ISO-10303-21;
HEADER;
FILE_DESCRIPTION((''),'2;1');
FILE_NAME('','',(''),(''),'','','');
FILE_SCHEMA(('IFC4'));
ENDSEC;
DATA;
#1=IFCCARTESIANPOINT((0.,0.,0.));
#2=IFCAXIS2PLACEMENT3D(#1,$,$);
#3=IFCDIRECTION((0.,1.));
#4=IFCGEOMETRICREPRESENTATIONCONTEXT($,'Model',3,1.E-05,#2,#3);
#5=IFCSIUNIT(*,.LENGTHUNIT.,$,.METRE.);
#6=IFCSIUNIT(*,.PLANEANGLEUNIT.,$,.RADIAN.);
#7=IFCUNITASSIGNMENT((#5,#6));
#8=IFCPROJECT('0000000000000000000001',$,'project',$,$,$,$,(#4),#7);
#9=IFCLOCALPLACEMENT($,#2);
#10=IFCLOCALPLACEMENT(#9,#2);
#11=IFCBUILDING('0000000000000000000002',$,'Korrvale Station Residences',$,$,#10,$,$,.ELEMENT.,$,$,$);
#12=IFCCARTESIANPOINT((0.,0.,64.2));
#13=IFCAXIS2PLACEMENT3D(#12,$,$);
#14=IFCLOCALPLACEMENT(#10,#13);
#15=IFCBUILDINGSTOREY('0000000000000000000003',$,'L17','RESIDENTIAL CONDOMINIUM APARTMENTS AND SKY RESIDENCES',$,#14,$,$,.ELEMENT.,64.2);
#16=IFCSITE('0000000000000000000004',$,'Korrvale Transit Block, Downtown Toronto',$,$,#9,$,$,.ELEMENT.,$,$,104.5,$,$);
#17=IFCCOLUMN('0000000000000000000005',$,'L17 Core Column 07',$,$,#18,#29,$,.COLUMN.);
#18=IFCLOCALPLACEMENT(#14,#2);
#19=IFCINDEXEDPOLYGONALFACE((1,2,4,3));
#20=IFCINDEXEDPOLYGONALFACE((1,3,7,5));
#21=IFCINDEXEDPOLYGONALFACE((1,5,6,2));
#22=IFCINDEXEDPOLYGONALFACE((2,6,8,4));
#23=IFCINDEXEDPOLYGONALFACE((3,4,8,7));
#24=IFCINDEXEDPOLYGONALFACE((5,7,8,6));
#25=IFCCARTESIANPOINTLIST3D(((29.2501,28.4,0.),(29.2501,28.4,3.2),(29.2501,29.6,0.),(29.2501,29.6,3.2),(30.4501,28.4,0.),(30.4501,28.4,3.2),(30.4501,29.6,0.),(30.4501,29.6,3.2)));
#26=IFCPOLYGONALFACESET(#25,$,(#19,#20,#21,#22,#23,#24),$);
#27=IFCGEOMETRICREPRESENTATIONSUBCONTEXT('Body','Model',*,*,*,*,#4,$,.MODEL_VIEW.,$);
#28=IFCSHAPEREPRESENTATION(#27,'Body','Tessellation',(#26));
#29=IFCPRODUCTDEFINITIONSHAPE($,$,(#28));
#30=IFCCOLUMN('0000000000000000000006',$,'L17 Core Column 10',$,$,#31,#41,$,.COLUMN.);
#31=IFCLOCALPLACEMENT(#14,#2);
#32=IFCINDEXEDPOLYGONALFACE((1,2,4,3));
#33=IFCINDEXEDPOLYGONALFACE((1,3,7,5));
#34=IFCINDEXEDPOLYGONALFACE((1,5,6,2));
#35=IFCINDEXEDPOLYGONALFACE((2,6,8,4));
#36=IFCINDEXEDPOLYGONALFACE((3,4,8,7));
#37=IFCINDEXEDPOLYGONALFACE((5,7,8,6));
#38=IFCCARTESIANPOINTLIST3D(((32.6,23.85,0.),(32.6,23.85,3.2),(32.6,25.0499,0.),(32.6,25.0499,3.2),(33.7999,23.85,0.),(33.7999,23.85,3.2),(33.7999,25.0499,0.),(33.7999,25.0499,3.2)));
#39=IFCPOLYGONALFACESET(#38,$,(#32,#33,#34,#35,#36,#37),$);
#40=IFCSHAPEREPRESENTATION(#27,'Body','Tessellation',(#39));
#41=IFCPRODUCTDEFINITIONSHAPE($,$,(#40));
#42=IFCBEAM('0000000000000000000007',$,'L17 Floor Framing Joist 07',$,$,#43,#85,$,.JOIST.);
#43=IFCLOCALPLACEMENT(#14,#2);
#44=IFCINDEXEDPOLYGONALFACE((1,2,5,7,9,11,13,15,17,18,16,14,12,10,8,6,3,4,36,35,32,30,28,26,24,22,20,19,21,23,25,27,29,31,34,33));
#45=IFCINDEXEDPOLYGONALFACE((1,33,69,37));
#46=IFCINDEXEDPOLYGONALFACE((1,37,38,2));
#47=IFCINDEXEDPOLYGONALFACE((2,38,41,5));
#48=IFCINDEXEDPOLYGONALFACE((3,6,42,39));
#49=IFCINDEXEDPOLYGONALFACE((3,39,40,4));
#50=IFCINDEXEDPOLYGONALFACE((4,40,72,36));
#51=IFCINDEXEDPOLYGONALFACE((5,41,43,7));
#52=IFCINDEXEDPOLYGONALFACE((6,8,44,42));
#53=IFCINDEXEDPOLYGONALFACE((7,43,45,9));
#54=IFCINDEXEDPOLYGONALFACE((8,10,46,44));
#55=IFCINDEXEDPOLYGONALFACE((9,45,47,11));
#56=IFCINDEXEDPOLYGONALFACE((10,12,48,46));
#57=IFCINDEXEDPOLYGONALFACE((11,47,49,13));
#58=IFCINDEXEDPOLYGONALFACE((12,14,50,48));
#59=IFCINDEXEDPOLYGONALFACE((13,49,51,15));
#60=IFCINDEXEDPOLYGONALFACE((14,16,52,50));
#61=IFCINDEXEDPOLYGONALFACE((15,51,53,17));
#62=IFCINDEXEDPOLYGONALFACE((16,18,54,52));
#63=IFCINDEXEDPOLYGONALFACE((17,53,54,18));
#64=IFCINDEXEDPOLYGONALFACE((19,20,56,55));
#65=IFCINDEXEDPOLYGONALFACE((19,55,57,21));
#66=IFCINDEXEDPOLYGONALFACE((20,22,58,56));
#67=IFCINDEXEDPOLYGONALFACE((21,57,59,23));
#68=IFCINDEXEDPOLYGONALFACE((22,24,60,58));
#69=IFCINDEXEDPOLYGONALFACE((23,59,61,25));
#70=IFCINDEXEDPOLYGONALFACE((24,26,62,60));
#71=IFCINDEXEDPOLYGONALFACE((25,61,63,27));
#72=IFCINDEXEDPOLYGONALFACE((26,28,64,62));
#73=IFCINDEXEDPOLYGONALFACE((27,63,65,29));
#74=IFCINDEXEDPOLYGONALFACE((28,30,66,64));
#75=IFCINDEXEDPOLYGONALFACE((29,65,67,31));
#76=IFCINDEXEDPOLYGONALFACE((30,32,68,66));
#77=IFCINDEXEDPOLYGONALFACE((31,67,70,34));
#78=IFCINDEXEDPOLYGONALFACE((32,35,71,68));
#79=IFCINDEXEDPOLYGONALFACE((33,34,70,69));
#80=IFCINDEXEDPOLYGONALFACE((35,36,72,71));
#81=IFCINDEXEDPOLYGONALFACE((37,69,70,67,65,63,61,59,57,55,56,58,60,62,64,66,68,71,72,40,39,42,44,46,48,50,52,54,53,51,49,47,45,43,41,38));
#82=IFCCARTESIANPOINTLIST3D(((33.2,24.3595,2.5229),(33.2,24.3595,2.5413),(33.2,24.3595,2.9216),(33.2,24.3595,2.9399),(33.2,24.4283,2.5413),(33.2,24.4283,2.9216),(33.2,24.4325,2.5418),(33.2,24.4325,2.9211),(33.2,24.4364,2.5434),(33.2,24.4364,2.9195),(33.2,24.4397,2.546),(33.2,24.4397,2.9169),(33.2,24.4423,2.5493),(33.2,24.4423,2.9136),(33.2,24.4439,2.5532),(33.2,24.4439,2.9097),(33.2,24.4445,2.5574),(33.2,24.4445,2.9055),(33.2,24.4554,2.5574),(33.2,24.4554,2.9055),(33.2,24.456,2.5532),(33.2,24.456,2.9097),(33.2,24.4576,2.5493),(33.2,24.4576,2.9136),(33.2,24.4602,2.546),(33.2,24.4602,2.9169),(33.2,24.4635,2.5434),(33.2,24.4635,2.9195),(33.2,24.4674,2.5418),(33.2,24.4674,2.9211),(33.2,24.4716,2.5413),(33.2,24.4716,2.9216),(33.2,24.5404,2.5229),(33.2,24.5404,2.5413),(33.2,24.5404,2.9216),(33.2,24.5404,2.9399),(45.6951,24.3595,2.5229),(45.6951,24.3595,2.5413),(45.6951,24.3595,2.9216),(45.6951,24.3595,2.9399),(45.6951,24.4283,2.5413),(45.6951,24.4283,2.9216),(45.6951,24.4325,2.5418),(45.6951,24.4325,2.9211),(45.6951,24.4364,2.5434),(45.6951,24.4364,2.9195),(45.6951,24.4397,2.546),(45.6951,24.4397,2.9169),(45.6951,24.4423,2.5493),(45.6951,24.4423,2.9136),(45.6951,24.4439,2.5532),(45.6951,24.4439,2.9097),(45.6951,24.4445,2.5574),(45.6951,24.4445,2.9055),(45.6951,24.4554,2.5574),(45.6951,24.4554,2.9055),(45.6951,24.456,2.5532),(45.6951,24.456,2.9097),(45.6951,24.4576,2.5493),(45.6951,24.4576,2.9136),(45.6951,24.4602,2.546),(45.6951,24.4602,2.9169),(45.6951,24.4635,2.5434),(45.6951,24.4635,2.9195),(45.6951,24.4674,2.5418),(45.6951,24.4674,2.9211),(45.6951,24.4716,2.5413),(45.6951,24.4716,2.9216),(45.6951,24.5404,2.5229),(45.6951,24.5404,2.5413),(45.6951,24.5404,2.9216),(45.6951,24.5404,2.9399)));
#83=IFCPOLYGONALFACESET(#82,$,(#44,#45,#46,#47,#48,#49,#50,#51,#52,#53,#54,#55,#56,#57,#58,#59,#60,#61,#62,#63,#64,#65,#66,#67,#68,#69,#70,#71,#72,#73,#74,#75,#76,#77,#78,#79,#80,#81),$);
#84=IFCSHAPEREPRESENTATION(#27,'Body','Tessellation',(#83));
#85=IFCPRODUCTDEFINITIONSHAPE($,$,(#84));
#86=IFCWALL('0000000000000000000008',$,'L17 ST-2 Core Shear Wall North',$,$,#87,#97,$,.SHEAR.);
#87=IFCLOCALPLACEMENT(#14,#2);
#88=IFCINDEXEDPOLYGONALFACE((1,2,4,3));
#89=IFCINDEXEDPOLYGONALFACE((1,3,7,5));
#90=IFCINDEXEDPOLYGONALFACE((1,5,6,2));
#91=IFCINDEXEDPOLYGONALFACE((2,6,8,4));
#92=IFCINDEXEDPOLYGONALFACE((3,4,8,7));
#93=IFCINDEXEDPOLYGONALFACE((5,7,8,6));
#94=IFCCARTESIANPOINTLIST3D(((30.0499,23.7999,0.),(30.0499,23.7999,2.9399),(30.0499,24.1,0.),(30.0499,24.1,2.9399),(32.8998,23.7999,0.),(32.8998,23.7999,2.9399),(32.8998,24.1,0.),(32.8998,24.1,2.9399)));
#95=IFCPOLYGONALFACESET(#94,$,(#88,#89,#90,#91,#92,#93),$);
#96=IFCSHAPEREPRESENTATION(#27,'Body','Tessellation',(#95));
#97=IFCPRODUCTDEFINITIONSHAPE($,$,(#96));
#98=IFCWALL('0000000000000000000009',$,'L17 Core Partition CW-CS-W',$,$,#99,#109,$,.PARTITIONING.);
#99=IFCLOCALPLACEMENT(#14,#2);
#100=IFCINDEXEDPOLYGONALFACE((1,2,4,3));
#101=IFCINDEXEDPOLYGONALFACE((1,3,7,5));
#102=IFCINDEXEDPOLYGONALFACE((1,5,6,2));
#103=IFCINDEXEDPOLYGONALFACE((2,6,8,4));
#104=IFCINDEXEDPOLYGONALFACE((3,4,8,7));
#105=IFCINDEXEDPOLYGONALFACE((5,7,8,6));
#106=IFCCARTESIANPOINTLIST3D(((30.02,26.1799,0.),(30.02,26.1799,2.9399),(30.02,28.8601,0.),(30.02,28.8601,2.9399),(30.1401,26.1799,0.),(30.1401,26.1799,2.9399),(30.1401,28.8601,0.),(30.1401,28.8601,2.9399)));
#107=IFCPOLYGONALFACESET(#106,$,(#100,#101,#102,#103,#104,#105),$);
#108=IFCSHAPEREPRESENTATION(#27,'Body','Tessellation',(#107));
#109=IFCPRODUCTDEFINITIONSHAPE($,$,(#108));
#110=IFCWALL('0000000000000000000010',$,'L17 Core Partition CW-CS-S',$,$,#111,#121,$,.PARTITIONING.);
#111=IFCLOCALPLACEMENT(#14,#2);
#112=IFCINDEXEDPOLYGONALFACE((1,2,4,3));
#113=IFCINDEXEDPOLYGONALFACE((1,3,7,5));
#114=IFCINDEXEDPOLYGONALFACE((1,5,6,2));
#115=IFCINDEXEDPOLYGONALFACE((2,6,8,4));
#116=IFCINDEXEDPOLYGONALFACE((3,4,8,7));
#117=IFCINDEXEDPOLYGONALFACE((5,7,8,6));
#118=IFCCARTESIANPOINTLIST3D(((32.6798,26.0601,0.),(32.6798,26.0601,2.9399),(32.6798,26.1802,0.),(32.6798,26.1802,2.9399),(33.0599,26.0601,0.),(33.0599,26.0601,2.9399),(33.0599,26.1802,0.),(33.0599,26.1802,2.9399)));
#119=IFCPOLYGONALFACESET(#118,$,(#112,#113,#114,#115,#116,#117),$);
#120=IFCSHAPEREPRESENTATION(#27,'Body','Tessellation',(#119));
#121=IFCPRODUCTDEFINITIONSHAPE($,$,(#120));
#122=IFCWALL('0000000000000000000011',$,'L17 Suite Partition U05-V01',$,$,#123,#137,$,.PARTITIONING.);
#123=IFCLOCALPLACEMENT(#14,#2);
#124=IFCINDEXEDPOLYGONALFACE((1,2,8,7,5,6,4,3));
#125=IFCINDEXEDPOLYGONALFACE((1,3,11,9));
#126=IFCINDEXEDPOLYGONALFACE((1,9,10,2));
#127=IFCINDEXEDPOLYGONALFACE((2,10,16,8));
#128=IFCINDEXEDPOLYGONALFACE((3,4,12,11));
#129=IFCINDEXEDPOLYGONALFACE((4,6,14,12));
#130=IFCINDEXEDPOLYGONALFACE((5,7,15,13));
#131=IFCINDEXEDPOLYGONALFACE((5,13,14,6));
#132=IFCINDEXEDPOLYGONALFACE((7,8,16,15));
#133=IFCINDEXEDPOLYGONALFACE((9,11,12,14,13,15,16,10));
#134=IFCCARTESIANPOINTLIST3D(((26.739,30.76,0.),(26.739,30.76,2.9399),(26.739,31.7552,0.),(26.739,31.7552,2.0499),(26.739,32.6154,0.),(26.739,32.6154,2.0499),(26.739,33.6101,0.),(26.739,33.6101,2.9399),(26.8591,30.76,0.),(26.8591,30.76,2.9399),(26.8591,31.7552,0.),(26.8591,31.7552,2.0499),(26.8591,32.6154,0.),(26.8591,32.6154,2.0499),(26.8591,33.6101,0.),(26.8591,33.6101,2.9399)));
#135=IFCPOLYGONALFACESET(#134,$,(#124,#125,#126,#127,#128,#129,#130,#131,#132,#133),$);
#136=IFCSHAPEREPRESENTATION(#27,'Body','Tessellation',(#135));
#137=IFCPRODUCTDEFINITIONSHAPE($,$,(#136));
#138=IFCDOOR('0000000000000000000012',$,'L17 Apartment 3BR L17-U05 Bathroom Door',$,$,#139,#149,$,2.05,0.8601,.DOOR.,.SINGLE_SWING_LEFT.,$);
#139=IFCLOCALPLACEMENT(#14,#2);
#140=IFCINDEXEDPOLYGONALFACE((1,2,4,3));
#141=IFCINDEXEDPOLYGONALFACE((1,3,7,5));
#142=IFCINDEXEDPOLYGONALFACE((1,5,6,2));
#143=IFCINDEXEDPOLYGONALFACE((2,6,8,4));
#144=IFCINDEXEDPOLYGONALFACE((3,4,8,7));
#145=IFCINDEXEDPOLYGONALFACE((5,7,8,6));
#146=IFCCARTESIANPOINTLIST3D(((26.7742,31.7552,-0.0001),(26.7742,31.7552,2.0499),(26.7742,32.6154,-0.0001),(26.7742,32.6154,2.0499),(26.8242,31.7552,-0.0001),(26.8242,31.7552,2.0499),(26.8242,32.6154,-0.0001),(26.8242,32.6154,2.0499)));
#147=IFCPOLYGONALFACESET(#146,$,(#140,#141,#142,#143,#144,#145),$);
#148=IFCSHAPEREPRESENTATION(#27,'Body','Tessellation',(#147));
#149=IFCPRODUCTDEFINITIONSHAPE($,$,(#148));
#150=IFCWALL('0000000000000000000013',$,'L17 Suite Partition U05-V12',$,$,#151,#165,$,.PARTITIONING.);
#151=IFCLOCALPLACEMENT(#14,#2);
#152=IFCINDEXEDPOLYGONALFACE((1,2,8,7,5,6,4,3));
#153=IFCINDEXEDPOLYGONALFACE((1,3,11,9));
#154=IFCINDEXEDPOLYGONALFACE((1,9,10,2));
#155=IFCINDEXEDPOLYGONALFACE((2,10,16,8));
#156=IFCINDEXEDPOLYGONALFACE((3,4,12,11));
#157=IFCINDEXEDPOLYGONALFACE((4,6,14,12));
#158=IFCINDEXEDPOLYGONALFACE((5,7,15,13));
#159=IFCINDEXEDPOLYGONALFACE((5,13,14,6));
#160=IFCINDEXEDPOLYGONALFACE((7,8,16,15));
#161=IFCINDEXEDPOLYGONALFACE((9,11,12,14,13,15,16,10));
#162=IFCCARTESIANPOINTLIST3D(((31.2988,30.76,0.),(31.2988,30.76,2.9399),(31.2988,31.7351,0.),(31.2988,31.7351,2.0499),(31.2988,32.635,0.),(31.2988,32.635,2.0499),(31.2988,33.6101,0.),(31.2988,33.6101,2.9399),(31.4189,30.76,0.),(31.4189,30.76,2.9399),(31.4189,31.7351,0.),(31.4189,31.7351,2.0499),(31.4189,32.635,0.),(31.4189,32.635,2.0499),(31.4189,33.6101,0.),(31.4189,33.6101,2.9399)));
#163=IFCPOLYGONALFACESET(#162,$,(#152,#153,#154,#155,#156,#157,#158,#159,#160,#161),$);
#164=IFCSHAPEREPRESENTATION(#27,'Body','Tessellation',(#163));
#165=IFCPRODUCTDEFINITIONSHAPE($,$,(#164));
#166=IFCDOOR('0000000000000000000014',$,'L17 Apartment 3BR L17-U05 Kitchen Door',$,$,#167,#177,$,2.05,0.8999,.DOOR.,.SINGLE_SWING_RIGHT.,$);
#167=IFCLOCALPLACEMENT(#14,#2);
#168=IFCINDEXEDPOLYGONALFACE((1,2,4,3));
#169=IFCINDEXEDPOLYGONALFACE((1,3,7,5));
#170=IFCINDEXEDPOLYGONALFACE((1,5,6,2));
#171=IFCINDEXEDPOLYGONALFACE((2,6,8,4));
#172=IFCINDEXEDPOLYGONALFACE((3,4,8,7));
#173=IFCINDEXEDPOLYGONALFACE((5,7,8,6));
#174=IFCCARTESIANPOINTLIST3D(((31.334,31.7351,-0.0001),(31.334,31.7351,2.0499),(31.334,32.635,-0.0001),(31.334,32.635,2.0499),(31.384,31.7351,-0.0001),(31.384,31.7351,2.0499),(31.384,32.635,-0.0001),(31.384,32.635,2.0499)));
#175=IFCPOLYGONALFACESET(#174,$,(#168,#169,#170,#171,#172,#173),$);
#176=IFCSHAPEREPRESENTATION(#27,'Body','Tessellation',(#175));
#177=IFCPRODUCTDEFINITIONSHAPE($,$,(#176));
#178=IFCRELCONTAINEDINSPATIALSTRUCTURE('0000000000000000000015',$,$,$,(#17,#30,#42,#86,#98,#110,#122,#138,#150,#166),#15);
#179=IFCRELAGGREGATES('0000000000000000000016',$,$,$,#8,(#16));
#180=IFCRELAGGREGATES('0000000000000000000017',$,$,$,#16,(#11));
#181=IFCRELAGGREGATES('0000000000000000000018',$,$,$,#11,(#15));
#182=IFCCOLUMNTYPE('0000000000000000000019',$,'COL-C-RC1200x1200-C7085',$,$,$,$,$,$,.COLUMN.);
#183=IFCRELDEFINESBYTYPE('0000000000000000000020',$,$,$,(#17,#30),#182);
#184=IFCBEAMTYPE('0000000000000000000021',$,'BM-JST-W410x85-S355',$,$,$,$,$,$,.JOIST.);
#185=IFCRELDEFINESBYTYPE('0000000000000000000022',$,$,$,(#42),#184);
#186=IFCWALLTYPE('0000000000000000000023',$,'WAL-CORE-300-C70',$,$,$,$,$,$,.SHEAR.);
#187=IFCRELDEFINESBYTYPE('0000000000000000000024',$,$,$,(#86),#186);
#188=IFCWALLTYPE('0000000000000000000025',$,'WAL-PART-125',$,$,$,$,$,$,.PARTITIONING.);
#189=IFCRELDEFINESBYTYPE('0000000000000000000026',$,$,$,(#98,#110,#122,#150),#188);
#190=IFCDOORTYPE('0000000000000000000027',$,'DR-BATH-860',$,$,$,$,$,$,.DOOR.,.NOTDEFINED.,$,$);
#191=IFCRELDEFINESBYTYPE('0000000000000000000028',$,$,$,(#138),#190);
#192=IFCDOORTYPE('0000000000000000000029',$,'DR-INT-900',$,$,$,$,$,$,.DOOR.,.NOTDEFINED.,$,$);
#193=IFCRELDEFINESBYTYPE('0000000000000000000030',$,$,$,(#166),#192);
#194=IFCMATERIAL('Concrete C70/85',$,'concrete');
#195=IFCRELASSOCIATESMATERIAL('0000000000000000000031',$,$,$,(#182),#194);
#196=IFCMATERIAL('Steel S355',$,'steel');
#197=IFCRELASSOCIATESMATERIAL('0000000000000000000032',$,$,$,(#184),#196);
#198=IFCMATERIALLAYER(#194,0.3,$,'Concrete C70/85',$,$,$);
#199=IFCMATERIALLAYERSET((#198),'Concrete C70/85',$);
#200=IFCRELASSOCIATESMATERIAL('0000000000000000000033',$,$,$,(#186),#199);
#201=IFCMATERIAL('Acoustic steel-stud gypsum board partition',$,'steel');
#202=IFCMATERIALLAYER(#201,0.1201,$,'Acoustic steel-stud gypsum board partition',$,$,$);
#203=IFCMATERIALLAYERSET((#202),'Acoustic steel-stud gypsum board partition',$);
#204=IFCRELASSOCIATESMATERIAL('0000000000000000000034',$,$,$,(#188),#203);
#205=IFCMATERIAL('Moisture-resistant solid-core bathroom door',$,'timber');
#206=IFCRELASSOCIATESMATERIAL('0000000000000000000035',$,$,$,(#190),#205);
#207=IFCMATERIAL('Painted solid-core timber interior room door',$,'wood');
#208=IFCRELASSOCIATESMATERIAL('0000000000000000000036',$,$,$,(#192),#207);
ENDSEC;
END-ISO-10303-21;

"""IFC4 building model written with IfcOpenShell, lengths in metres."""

from ifc_helpers import new_model, si_unit, direction, frame, frame_2d, origin, origin_2d, place, context, subcontext, project, spatial, rectangle, i_section, extrude, material, layer, layer_set, material_profile, profile_set, type_object, element, fill, save


model = new_model("IFC4")

# Units and contexts
model_context = context("Model", 3, precision=1e-05, world=origin(), true_north=direction((0.0, 1.0)))
body_context = subcontext(model_context, "Body", "Model", "MODEL_VIEW")
ifc_project = project(units=[si_unit("LENGTHUNIT", "METRE"), si_unit("PLANEANGLEUNIT", "RADIAN")], contexts=[model_context])

# Site, building, storey
site_placement = place(None, origin())
site = spatial("IfcSite", under=ifc_project, at=site_placement, Name="Korrvale Transit Block, Downtown Toronto", CompositionType="ELEMENT", RefElevation=104.5)
building_placement = place(site_placement, origin())
building = spatial("IfcBuilding", under=site, at=building_placement, Name="Korrvale Station Residences", CompositionType="ELEMENT")
storey_placement = place(building_placement, frame((0.0, 0.0, 64.2)))
storey = spatial("IfcBuildingStorey", under=building, at=storey_placement, Name="L17", Description="RESIDENTIAL CONDOMINIUM APARTMENTS AND SKY RESIDENCES", CompositionType="ELEMENT", Elevation=64.2)

# Columns
ifc_material_1 = material(Name="Concrete C70/85", Category="concrete")
ifc_material_profile_1 = material_profile(ifc_material_1, rectangle(XDim=1.2, YDim=1.2, at=origin_2d()), Name="RC1200x1200")
ifc_profile_set_1 = profile_set([ifc_material_profile_1], Name="Concrete C70/85")
column_type = type_object("IfcColumnType", Name="COL-C-RC1200x1200-C7085", PredefinedType="COLUMN", material=ifc_profile_set_1)
for number, where, z_axis, x_axis, name in (
    (1, (29.8501, 29.0, 0.0), (0.0, 0.0, 1.0), (1.0, 0.0, 0.0), "L17 Core Column 07"),
    (2, (33.2, 24.45, 0.0), (0.0, 0.0, 1.0), (1.0, 0.0, 0.0), "L17 Core Column 10"),
):
    element("IfcColumn", number, at=place(storey_placement, frame(where, z_axis=z_axis, x_axis=x_axis)), inside=storey, type_object=column_type, Name=name, PredefinedType="COLUMN", context=body_context, shape_type="SweptSolid", body=[
        extrude(rectangle(XDim=1.2, YDim=1.2, at=origin_2d()), origin(), (0.0, 0.0, 1.0), 3.2),
    ])

# Beam
ifc_material_2 = material(Name="Steel S355", Category="steel")
ifc_material_profile_2 = material_profile(ifc_material_2, i_section(OverallWidth=0.1809, OverallDepth=0.417, WebThickness=0.011, FlangeThickness=0.0183, FilletRadius=0.0161, at=origin_2d()), Name="W410x85")
ifc_profile_set_2 = profile_set([ifc_material_profile_2], Name="Steel S355")
beam_type = type_object("IfcBeamType", Name="BM-JST-W410x85-S355", PredefinedType="JOIST", material=ifc_profile_set_2)
beam_placement = place(storey_placement, frame((33.2, 24.45, 2.7314), z_axis=(1.0, 0.0, 0.0), x_axis=(0.0, 1.0, 0.0)))
element("IfcBeam", 3, at=beam_placement, inside=storey, type_object=beam_type, Name="L17 Floor Framing Joist 07", PredefinedType="JOIST", context=body_context, shape_type="SweptSolid", body=[
    extrude(i_section(OverallWidth=0.1809, OverallDepth=0.417, WebThickness=0.011, FlangeThickness=0.0183, FilletRadius=0.0161, at=origin_2d()), origin(), (0.0, 0.0, 1.0), 12.4951),
])

# Walls
ifc_layer_1 = layer(ifc_material_1, 0.3, Name="Concrete C70/85")
ifc_layer_set_1 = layer_set([ifc_layer_1], Name="Concrete C70/85")
wall_type_1 = type_object("IfcWallType", Name="WAL-CORE-300-C70", PredefinedType="SHEAR", material=ifc_layer_set_1)
wall_1_placement = place(storey_placement, frame((30.05, 23.95, 0.0), z_axis=(0.0, 0.0, 1.0), x_axis=(1.0, 0.0, 0.0)))
element("IfcWall", 4, at=wall_1_placement, inside=storey, type_object=wall_type_1, Name="L17 ST-2 Core Shear Wall North", PredefinedType="SHEAR", context=body_context, shape_type="SweptSolid", body=[
    extrude(rectangle(XDim=2.8499, YDim=0.3, at=frame_2d((1.4248, 0.0))), origin(), (0.0, 0.0, 1.0), 2.9399),
])
ifc_material_3 = material(Name="Acoustic steel-stud gypsum board partition", Category="steel")
ifc_layer_2 = layer(ifc_material_3, 0.1201, Name="Acoustic steel-stud gypsum board partition")
ifc_layer_set_2 = layer_set([ifc_layer_2], Name="Acoustic steel-stud gypsum board partition")
wall_type_2 = type_object("IfcWallType", Name="WAL-PART-125", PredefinedType="PARTITIONING", material=ifc_layer_set_2)
wall_2_placement = place(storey_placement, frame((30.0801, 26.1799, 0.0), z_axis=(0.0, 0.0, 1.0), x_axis=(0.0, 1.0, 0.0)))
element("IfcWall", 5, at=wall_2_placement, inside=storey, type_object=wall_type_2, Name="L17 Core Partition CW-CS-W", PredefinedType="PARTITIONING", context=body_context, shape_type="SweptSolid", body=[
    extrude(rectangle(XDim=2.6802, YDim=0.1201, at=frame_2d((1.3401, 0.0))), origin(), (0.0, 0.0, 1.0), 2.9399),
])
wall_3_placement = place(storey_placement, frame((32.6799, 26.1201, 0.0), z_axis=(0.0, 0.0, 1.0), x_axis=(1.0, 0.0, 0.0)))
element("IfcWall", 6, at=wall_3_placement, inside=storey, type_object=wall_type_2, Name="L17 Core Partition CW-CS-S", PredefinedType="PARTITIONING", context=body_context, shape_type="SweptSolid", body=[
    extrude(rectangle(XDim=0.3801, YDim=0.1201, at=frame_2d((0.1899, 0.0))), origin(), (0.0, 0.0, 1.0), 2.9399),
])

# Walls, openings, doors
wall_4_placement = place(storey_placement, frame((26.7991, 30.76, 0.0), z_axis=(0.0, 0.0, 1.0), x_axis=(0.0, 1.0, 0.0)))
wall_4 = element("IfcWall", 7, at=wall_4_placement, inside=storey, type_object=wall_type_2, Name="L17 Suite Partition U05-V01", PredefinedType="PARTITIONING", context=body_context, shape_type="SweptSolid", body=[
    extrude(rectangle(XDim=2.8501, YDim=0.1201, at=frame_2d((1.425, 0.0))), origin(), (0.0, 0.0, 1.0), 2.9399),
])
opening_1_placement = place(wall_4_placement, frame((0.9951, 0.0, 0.0)))
opening_1 = element("IfcOpeningElement", 8, at=opening_1_placement, cuts=wall_4, PredefinedType="OPENING", context=body_context, shape_type="SweptSolid", body=[
    extrude(rectangle(XDim=0.8601, YDim=2.05, at=frame_2d((0.4302, 1.0249))), frame((0.0, 0.0701, 0.0), z_axis=(0.0, -1.0, 0.0), x_axis=(1.0, 0.0, 0.0)), (0.0, 0.0, 1.0), 0.1401),
])
ifc_material_4 = material(Name="Moisture-resistant solid-core bathroom door", Category="timber")
door_type_1 = type_object("IfcDoorType", Name="DR-BATH-860", OperationType="NOTDEFINED", PredefinedType="DOOR", material=ifc_material_4)
door_1_placement = place(opening_1_placement, origin())
door_1 = element("IfcDoor", 9, at=door_1_placement, inside=storey, type_object=door_type_1, Name="L17 Apartment 3BR L17-U05 Bathroom Door", OperationType="SINGLE_SWING_LEFT", OverallHeight=2.05, OverallWidth=0.8601, PredefinedType="DOOR", context=body_context, shape_type="SweptSolid", body=[
    extrude(rectangle(XDim=0.8601, YDim=2.05, at=frame_2d((0.4302, 1.0249))), frame((0.0, 0.0249, 0.0), z_axis=(0.0, -1.0, 0.0), x_axis=(1.0, 0.0, 0.0)), (0.0, 0.0, 1.0), 0.05),
])
fill(opening_1, door_1)
wall_5_placement = place(storey_placement, frame((31.3589, 30.76, 0.0), z_axis=(0.0, 0.0, 1.0), x_axis=(0.0, 1.0, 0.0)))
wall_5 = element("IfcWall", 10, at=wall_5_placement, inside=storey, type_object=wall_type_2, Name="L17 Suite Partition U05-V12", PredefinedType="PARTITIONING", context=body_context, shape_type="SweptSolid", body=[
    extrude(rectangle(XDim=2.8501, YDim=0.1201, at=frame_2d((1.425, 0.0))), origin(), (0.0, 0.0, 1.0), 2.9399),
])
opening_2_placement = place(wall_5_placement, frame((0.9751, 0.0, 0.0)))
opening_2 = element("IfcOpeningElement", 11, at=opening_2_placement, cuts=wall_5, PredefinedType="OPENING", context=body_context, shape_type="SweptSolid", body=[
    extrude(rectangle(XDim=0.8999, YDim=2.05, at=frame_2d((0.45, 1.0249))), frame((0.0, 0.0701, 0.0), z_axis=(0.0, -1.0, 0.0), x_axis=(1.0, 0.0, 0.0)), (0.0, 0.0, 1.0), 0.1401),
])
ifc_material_5 = material(Name="Painted solid-core timber interior room door", Category="wood")
door_type_2 = type_object("IfcDoorType", Name="DR-INT-900", OperationType="NOTDEFINED", PredefinedType="DOOR", material=ifc_material_5)
door_2_placement = place(opening_2_placement, origin())
door_2 = element("IfcDoor", 12, at=door_2_placement, inside=storey, type_object=door_type_2, Name="L17 Apartment 3BR L17-U05 Kitchen Door", OperationType="SINGLE_SWING_RIGHT", OverallHeight=2.05, OverallWidth=0.8999, PredefinedType="DOOR", context=body_context, shape_type="SweptSolid", body=[
    extrude(rectangle(XDim=0.8999, YDim=2.05, at=frame_2d((0.45, 1.0249))), frame((0.0, 0.0249, 0.0), z_axis=(0.0, -1.0, 0.0), x_axis=(1.0, 0.0, 0.0)), (0.0, 0.0, 1.0), 0.05),
])
fill(opening_2, door_2)

save(model, "model.ifc")
